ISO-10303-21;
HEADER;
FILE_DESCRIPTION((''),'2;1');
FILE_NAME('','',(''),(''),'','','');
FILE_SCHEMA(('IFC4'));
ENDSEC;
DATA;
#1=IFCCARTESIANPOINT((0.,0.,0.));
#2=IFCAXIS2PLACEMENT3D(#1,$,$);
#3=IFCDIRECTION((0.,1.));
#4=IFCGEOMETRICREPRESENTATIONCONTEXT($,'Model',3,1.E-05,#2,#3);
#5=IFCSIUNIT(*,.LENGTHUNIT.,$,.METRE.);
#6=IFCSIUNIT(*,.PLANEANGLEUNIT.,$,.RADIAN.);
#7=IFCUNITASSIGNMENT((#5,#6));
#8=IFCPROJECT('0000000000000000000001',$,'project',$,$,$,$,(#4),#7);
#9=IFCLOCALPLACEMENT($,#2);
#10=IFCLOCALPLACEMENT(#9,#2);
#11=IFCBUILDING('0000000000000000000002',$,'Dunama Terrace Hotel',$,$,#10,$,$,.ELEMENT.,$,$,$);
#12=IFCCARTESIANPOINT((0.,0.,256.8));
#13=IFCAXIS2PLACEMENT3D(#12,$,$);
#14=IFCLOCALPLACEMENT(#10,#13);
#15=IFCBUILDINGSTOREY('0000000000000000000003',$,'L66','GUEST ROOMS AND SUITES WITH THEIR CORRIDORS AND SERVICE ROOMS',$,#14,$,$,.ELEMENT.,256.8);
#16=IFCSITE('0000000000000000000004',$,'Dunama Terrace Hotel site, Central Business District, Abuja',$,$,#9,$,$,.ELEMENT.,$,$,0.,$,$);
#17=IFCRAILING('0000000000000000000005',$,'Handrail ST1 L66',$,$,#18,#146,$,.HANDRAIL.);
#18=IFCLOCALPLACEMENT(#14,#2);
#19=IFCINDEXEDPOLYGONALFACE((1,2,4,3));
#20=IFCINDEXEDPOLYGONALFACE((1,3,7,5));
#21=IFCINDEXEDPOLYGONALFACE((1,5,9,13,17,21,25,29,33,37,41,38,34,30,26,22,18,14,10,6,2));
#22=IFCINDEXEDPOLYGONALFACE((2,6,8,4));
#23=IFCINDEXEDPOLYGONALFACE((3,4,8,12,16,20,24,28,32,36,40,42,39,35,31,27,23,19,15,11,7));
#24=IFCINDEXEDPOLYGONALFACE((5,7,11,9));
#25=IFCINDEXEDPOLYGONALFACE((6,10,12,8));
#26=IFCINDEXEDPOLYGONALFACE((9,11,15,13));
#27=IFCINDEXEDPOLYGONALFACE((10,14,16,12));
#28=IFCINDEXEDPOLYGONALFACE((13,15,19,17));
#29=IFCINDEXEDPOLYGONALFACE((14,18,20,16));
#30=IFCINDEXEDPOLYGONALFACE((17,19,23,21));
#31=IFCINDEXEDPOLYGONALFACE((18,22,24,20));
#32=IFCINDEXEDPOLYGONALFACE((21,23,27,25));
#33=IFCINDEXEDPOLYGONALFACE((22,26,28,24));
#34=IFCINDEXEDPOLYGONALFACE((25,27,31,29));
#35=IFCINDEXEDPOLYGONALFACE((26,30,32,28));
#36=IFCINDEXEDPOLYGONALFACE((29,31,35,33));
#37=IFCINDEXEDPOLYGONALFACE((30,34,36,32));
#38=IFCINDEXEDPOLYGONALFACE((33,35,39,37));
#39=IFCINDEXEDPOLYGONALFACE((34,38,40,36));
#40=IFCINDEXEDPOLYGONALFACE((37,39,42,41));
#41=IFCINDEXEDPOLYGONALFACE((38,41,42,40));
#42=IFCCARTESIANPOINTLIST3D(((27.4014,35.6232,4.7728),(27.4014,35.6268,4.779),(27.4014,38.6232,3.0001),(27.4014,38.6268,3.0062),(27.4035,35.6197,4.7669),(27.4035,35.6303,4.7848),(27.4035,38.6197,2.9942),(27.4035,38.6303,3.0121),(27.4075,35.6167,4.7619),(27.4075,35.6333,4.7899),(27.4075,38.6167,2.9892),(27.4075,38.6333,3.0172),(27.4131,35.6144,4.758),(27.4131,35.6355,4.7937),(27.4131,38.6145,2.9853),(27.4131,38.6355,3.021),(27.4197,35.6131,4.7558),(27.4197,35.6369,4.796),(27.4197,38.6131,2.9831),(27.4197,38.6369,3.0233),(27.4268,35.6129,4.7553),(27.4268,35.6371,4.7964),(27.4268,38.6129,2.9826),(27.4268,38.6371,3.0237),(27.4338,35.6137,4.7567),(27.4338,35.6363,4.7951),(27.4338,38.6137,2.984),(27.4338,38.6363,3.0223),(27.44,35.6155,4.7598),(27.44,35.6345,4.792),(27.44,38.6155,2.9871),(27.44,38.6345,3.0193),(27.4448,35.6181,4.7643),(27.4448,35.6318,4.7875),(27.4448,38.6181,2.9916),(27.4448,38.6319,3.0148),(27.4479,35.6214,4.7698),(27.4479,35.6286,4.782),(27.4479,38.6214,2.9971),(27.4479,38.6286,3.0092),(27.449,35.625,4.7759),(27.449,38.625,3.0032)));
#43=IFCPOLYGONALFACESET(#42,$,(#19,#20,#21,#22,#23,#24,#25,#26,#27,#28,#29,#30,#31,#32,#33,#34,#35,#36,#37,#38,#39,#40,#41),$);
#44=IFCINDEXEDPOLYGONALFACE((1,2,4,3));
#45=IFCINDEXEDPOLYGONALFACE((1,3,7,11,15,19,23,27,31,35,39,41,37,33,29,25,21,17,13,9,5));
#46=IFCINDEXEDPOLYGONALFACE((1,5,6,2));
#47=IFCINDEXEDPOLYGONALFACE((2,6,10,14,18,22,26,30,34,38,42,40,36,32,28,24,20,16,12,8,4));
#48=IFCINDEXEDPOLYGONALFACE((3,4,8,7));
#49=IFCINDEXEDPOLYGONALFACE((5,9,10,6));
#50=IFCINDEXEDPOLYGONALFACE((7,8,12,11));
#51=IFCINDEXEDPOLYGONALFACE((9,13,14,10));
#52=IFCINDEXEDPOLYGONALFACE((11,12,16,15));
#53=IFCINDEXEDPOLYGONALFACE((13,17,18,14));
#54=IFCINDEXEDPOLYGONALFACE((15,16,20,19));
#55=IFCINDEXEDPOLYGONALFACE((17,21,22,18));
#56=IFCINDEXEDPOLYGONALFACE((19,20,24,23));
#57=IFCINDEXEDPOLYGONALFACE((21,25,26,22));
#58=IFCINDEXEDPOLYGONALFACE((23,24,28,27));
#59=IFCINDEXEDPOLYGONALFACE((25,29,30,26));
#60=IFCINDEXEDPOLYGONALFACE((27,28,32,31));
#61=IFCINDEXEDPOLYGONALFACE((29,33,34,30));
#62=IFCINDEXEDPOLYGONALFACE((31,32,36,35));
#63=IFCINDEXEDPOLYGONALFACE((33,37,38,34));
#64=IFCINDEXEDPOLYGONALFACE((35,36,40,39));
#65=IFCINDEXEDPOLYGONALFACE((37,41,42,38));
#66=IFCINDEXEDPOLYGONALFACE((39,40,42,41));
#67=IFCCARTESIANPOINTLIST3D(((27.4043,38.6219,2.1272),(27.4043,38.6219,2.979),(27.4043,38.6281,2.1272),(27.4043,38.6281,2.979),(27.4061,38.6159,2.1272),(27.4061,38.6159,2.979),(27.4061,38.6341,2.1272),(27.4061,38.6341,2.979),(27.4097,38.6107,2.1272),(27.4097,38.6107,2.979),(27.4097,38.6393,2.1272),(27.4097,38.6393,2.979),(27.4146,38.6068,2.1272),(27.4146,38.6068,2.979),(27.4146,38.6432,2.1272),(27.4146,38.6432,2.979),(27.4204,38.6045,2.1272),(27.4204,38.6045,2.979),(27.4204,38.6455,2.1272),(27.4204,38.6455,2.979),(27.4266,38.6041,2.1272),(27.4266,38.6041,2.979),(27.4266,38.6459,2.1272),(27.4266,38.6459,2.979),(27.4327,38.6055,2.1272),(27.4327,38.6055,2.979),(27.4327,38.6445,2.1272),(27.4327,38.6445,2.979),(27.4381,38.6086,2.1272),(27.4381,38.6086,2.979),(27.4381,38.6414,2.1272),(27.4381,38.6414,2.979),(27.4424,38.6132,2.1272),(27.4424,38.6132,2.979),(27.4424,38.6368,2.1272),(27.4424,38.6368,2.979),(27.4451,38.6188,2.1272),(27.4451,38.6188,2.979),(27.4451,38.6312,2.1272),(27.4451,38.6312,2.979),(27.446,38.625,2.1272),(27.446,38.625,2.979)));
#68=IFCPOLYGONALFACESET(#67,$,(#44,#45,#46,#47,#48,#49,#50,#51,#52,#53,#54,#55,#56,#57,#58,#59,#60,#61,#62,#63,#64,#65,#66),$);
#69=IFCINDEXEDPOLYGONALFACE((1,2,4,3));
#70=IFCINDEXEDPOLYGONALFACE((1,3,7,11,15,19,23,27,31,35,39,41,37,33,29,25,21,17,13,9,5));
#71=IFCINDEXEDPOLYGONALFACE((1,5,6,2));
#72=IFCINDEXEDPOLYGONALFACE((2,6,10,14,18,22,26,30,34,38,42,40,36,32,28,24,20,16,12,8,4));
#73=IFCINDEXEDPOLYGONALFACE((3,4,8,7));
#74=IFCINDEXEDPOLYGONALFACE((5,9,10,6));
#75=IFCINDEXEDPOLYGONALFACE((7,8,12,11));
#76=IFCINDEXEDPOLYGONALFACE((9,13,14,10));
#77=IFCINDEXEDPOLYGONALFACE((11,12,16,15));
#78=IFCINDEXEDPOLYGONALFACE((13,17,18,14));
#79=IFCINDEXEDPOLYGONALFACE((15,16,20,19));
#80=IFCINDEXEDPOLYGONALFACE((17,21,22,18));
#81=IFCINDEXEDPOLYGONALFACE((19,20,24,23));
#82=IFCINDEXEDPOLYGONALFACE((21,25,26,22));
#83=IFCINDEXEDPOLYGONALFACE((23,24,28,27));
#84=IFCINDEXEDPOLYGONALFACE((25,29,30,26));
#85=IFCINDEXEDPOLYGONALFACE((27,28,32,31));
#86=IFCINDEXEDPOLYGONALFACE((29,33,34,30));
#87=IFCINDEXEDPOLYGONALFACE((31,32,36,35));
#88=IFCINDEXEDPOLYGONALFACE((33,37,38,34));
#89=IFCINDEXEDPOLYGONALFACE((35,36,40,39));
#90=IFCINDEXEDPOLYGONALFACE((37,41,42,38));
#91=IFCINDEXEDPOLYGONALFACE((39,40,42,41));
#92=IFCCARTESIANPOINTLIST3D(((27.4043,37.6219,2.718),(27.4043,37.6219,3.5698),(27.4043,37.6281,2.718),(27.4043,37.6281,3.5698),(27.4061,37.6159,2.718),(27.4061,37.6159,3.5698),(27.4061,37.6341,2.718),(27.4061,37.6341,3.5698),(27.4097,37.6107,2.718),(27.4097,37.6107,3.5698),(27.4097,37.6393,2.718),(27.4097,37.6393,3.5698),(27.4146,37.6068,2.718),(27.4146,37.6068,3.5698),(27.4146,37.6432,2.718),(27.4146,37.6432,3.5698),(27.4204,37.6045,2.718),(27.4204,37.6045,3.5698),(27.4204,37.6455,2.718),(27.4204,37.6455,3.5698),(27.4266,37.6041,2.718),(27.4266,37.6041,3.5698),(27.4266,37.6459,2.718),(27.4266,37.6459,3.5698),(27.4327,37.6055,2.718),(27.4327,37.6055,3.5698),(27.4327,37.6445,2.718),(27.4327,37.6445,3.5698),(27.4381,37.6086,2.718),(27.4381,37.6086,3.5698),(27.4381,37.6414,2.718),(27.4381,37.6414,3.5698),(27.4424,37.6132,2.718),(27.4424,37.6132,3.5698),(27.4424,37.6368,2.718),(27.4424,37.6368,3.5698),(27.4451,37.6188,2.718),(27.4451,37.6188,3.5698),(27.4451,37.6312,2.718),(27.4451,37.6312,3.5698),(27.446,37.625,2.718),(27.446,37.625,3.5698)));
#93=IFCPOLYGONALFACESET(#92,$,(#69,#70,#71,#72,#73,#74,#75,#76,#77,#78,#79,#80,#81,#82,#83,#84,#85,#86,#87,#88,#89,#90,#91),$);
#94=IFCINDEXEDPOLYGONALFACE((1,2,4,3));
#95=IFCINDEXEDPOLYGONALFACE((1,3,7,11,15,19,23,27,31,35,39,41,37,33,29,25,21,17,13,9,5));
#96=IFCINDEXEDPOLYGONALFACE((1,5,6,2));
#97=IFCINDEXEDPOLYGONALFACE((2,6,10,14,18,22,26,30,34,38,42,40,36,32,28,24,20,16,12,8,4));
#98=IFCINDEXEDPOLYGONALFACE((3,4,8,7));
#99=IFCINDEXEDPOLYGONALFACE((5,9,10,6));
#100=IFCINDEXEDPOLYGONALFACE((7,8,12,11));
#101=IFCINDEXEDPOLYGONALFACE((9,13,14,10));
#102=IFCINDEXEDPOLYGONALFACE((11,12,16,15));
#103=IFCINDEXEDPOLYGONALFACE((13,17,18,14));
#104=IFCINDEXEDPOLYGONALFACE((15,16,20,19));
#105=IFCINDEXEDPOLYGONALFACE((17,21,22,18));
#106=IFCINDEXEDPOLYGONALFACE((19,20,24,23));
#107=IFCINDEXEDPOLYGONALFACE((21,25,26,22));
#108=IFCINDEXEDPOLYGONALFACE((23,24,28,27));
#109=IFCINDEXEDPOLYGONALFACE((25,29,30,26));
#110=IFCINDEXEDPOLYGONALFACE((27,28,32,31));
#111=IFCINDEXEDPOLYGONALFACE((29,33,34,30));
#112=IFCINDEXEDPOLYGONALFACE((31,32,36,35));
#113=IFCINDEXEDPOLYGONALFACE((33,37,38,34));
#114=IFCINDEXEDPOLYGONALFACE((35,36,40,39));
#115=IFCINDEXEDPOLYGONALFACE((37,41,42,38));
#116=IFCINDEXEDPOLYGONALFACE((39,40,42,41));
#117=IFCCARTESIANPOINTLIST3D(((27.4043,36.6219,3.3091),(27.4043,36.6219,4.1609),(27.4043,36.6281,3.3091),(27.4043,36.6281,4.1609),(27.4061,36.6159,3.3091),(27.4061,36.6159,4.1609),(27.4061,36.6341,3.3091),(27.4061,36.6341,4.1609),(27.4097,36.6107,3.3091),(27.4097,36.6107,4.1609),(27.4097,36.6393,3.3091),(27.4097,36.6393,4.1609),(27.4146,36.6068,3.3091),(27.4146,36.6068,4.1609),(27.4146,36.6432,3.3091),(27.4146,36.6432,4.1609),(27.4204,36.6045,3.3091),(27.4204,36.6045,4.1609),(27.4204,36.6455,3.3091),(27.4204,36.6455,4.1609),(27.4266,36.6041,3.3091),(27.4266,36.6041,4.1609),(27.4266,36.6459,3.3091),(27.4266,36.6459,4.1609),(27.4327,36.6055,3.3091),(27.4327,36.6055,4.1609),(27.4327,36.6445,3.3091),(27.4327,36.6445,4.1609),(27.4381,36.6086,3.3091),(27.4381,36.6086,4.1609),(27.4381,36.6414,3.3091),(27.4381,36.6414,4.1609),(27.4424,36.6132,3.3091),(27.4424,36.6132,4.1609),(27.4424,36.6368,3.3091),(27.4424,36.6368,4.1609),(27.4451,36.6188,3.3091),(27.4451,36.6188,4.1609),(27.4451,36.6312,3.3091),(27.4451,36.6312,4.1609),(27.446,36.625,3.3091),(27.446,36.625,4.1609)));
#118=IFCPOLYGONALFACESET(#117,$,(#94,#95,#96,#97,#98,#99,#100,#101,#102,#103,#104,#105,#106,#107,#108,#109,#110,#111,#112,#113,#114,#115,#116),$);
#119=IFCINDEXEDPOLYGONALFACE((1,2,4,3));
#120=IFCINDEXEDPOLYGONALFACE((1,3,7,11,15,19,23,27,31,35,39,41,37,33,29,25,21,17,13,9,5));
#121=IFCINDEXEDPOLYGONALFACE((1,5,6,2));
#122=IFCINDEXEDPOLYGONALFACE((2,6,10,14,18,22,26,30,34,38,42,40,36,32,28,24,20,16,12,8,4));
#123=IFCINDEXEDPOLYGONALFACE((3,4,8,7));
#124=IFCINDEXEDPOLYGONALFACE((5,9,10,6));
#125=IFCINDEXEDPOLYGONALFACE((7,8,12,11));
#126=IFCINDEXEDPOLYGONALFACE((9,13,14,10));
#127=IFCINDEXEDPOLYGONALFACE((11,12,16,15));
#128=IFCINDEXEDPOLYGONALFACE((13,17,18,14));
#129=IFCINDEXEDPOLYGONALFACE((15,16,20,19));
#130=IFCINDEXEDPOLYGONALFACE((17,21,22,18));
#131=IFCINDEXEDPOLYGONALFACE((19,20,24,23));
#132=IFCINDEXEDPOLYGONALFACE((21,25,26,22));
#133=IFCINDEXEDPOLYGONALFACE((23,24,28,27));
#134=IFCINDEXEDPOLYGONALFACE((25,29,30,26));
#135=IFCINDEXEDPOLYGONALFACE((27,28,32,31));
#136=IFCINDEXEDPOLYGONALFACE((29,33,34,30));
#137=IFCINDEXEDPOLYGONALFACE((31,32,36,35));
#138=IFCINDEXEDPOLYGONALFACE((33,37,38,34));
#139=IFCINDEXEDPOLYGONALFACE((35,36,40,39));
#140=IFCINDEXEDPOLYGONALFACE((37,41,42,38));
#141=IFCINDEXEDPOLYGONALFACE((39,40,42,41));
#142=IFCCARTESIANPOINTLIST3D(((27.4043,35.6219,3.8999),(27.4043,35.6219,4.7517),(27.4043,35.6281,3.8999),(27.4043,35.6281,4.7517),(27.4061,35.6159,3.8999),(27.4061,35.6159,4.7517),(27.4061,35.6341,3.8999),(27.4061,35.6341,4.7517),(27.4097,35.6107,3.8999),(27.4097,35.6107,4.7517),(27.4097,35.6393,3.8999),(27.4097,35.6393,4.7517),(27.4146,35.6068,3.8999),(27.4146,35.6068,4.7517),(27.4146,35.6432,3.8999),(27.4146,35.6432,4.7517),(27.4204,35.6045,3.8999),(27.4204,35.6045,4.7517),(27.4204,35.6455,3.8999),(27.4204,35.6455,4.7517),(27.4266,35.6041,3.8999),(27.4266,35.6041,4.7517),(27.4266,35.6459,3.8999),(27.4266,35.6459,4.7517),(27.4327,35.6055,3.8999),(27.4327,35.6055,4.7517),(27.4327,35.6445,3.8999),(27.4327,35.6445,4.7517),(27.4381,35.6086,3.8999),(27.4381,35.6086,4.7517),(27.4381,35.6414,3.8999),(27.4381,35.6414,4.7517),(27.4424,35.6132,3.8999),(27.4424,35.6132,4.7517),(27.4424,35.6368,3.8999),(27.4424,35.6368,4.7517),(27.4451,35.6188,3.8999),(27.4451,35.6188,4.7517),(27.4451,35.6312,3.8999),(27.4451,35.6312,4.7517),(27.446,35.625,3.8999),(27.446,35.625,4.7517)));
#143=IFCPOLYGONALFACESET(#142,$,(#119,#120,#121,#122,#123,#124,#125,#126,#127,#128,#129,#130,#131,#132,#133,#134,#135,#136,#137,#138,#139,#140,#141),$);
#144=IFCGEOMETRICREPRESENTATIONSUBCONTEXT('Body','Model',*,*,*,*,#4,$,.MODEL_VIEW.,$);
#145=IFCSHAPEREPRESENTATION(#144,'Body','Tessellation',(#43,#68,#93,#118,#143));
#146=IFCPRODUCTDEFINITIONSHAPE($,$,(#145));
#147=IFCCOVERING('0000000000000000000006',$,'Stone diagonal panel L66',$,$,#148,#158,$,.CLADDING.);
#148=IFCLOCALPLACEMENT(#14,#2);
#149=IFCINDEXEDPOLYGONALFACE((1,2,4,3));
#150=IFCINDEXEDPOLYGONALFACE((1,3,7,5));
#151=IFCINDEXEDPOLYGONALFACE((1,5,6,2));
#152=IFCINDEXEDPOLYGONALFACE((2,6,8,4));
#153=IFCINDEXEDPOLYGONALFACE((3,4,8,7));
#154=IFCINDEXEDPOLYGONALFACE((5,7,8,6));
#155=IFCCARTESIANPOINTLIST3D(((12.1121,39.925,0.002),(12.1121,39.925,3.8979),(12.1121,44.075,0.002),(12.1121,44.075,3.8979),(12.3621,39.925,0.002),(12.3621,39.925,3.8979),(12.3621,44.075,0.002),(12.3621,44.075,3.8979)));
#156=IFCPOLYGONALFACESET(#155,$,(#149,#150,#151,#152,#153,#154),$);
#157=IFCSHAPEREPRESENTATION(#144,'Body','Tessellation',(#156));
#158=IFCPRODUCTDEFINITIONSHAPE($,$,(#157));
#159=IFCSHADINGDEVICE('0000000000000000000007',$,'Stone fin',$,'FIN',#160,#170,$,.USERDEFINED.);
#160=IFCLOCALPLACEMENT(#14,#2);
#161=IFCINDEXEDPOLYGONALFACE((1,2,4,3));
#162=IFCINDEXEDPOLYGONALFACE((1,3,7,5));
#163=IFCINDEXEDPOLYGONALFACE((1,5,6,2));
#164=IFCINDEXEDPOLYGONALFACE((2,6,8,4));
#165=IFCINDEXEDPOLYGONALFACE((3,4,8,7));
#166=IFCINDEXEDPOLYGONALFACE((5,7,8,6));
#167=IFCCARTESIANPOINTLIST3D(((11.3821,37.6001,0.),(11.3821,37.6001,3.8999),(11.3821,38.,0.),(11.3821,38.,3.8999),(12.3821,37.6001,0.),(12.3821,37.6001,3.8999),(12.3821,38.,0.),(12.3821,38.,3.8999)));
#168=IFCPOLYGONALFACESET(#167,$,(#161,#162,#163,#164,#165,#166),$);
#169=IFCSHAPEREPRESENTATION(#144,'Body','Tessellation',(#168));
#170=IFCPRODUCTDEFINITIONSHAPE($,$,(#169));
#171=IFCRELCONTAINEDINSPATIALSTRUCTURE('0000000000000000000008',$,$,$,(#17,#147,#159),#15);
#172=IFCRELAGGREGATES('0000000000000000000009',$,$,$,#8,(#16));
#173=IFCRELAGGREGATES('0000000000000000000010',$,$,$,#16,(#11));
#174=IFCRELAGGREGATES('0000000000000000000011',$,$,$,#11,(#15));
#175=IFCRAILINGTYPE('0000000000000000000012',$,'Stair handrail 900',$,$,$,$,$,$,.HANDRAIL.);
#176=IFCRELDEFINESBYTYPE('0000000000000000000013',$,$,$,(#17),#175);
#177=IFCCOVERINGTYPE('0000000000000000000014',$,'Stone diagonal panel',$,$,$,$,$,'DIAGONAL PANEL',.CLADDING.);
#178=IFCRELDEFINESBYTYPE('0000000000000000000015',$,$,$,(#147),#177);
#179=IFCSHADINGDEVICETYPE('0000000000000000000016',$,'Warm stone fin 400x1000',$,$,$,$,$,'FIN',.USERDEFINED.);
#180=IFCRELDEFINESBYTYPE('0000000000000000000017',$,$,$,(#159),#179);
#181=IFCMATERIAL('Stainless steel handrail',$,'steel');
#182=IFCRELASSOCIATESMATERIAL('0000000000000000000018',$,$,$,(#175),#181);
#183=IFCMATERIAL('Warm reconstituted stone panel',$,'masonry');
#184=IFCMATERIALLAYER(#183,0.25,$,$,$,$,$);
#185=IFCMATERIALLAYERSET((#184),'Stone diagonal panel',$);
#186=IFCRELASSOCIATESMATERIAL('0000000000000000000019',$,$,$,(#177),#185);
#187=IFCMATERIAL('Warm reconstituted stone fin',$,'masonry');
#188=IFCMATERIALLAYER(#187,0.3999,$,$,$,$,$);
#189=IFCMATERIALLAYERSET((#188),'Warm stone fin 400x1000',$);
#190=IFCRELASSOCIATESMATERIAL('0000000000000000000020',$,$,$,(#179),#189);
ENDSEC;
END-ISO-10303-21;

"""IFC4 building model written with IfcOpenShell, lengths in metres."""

from ifc_helpers import new_model, si_unit, direction, frame, origin, origin_2d, place, context, subcontext, project, spatial, rectangle, circle, extrude, material, layer, layer_set, type_object, element, save


model = new_model("IFC4")

# Units and contexts
model_context = context("Model", 3, precision=1e-05, world=origin(), true_north=direction((0.0, 1.0)))
body_context = subcontext(model_context, "Body", "Model", "MODEL_VIEW")
ifc_project = project(units=[si_unit("LENGTHUNIT", "METRE"), si_unit("PLANEANGLEUNIT", "RADIAN")], contexts=[model_context])

# Site, building, storey
site_placement = place(None, origin())
site = spatial("IfcSite", under=ifc_project, at=site_placement, Name="Dunama Terrace Hotel site, Central Business District, Abuja", CompositionType="ELEMENT", RefElevation=0.0)
building_placement = place(site_placement, origin())
building = spatial("IfcBuilding", under=site, at=building_placement, Name="Dunama Terrace Hotel", CompositionType="ELEMENT")
storey_placement = place(building_placement, frame((0.0, 0.0, 256.8)))
storey = spatial("IfcBuildingStorey", under=building, at=storey_placement, Name="L66", Description="GUEST ROOMS AND SUITES WITH THEIR CORRIDORS AND SERVICE ROOMS", CompositionType="ELEMENT", Elevation=256.8)

# Railing
ifc_material_1 = material(Name="Stainless steel handrail", Category="steel")
railing_type = type_object("IfcRailingType", Name="Stair handrail 900", PredefinedType="HANDRAIL", material=ifc_material_1)
railing_placement = place(storey_placement, frame((27.425, 38.625, 2.1272)))
element("IfcRailing", 1, at=railing_placement, inside=storey, type_object=railing_type, Name="Handrail ST1 L66", PredefinedType="HANDRAIL", context=body_context, shape_type="SweptSolid", body=[
    extrude(circle(Radius=0.0239, at=origin_2d()), frame((0.0, 0.0, 0.876), z_axis=(0.0, -0.860929, 0.508725), x_axis=(1.0, 0.0, 0.0)), (0.0, 0.0, 1.0), 3.4846),
    extrude(circle(Radius=0.021, at=origin_2d()), origin(), (0.0, 0.0, 1.0), 0.8518),
    extrude(circle(Radius=0.021, at=origin_2d()), frame((0.0, -1.0, 0.5908)), (0.0, 0.0, 1.0), 0.8518),
    extrude(circle(Radius=0.021, at=origin_2d()), frame((0.0, -2.0, 1.1819)), (0.0, 0.0, 1.0), 0.8518),
    extrude(circle(Radius=0.021, at=origin_2d()), frame((0.0, -3.0, 1.7727)), (0.0, 0.0, 1.0), 0.8518),
])

# Covering
ifc_material_2 = material(Name="Warm reconstituted stone panel", Category="masonry")
ifc_layer_1 = layer(ifc_material_2, 0.25)
ifc_layer_set_1 = layer_set([ifc_layer_1], Name="Stone diagonal panel")
covering_type = type_object("IfcCoveringType", Name="Stone diagonal panel", ElementType="DIAGONAL PANEL", PredefinedType="CLADDING", material=ifc_layer_set_1)
covering_placement = place(storey_placement, frame((12.2371, 42.0, 0.002), z_axis=(0.0, 0.0, 1.0), x_axis=(0.0, -1.0, 0.0)))
element("IfcCovering", 2, at=covering_placement, inside=storey, type_object=covering_type, Name="Stone diagonal panel L66", PredefinedType="CLADDING", context=body_context, shape_type="SweptSolid", body=[
    extrude(rectangle(XDim=4.1499, YDim=0.25, at=origin_2d()), origin(), (0.0, 0.0, 1.0), 3.896),
])

# Shading device
ifc_material_3 = material(Name="Warm reconstituted stone fin", Category="masonry")
ifc_layer_2 = layer(ifc_material_3, 0.3999)
ifc_layer_set_2 = layer_set([ifc_layer_2], Name="Warm stone fin 400x1000")
shading_device_type = type_object("IfcShadingDeviceType", Name="Warm stone fin 400x1000", ElementType="FIN", PredefinedType="USERDEFINED", material=ifc_layer_set_2)
shading_device_placement = place(storey_placement, frame((11.8821, 37.8, 0.0), z_axis=(0.0, 0.0, 1.0), x_axis=(0.0, -1.0, 0.0)))
element("IfcShadingDevice", 3, at=shading_device_placement, inside=storey, type_object=shading_device_type, Name="Stone fin", ObjectType="FIN", PredefinedType="USERDEFINED", context=body_context, shape_type="SweptSolid", body=[
    extrude(rectangle(XDim=0.3999, YDim=1.0, at=origin_2d()), origin(), (0.0, 0.0, 1.0), 3.8999),
])

save(model, "model.ifc")
